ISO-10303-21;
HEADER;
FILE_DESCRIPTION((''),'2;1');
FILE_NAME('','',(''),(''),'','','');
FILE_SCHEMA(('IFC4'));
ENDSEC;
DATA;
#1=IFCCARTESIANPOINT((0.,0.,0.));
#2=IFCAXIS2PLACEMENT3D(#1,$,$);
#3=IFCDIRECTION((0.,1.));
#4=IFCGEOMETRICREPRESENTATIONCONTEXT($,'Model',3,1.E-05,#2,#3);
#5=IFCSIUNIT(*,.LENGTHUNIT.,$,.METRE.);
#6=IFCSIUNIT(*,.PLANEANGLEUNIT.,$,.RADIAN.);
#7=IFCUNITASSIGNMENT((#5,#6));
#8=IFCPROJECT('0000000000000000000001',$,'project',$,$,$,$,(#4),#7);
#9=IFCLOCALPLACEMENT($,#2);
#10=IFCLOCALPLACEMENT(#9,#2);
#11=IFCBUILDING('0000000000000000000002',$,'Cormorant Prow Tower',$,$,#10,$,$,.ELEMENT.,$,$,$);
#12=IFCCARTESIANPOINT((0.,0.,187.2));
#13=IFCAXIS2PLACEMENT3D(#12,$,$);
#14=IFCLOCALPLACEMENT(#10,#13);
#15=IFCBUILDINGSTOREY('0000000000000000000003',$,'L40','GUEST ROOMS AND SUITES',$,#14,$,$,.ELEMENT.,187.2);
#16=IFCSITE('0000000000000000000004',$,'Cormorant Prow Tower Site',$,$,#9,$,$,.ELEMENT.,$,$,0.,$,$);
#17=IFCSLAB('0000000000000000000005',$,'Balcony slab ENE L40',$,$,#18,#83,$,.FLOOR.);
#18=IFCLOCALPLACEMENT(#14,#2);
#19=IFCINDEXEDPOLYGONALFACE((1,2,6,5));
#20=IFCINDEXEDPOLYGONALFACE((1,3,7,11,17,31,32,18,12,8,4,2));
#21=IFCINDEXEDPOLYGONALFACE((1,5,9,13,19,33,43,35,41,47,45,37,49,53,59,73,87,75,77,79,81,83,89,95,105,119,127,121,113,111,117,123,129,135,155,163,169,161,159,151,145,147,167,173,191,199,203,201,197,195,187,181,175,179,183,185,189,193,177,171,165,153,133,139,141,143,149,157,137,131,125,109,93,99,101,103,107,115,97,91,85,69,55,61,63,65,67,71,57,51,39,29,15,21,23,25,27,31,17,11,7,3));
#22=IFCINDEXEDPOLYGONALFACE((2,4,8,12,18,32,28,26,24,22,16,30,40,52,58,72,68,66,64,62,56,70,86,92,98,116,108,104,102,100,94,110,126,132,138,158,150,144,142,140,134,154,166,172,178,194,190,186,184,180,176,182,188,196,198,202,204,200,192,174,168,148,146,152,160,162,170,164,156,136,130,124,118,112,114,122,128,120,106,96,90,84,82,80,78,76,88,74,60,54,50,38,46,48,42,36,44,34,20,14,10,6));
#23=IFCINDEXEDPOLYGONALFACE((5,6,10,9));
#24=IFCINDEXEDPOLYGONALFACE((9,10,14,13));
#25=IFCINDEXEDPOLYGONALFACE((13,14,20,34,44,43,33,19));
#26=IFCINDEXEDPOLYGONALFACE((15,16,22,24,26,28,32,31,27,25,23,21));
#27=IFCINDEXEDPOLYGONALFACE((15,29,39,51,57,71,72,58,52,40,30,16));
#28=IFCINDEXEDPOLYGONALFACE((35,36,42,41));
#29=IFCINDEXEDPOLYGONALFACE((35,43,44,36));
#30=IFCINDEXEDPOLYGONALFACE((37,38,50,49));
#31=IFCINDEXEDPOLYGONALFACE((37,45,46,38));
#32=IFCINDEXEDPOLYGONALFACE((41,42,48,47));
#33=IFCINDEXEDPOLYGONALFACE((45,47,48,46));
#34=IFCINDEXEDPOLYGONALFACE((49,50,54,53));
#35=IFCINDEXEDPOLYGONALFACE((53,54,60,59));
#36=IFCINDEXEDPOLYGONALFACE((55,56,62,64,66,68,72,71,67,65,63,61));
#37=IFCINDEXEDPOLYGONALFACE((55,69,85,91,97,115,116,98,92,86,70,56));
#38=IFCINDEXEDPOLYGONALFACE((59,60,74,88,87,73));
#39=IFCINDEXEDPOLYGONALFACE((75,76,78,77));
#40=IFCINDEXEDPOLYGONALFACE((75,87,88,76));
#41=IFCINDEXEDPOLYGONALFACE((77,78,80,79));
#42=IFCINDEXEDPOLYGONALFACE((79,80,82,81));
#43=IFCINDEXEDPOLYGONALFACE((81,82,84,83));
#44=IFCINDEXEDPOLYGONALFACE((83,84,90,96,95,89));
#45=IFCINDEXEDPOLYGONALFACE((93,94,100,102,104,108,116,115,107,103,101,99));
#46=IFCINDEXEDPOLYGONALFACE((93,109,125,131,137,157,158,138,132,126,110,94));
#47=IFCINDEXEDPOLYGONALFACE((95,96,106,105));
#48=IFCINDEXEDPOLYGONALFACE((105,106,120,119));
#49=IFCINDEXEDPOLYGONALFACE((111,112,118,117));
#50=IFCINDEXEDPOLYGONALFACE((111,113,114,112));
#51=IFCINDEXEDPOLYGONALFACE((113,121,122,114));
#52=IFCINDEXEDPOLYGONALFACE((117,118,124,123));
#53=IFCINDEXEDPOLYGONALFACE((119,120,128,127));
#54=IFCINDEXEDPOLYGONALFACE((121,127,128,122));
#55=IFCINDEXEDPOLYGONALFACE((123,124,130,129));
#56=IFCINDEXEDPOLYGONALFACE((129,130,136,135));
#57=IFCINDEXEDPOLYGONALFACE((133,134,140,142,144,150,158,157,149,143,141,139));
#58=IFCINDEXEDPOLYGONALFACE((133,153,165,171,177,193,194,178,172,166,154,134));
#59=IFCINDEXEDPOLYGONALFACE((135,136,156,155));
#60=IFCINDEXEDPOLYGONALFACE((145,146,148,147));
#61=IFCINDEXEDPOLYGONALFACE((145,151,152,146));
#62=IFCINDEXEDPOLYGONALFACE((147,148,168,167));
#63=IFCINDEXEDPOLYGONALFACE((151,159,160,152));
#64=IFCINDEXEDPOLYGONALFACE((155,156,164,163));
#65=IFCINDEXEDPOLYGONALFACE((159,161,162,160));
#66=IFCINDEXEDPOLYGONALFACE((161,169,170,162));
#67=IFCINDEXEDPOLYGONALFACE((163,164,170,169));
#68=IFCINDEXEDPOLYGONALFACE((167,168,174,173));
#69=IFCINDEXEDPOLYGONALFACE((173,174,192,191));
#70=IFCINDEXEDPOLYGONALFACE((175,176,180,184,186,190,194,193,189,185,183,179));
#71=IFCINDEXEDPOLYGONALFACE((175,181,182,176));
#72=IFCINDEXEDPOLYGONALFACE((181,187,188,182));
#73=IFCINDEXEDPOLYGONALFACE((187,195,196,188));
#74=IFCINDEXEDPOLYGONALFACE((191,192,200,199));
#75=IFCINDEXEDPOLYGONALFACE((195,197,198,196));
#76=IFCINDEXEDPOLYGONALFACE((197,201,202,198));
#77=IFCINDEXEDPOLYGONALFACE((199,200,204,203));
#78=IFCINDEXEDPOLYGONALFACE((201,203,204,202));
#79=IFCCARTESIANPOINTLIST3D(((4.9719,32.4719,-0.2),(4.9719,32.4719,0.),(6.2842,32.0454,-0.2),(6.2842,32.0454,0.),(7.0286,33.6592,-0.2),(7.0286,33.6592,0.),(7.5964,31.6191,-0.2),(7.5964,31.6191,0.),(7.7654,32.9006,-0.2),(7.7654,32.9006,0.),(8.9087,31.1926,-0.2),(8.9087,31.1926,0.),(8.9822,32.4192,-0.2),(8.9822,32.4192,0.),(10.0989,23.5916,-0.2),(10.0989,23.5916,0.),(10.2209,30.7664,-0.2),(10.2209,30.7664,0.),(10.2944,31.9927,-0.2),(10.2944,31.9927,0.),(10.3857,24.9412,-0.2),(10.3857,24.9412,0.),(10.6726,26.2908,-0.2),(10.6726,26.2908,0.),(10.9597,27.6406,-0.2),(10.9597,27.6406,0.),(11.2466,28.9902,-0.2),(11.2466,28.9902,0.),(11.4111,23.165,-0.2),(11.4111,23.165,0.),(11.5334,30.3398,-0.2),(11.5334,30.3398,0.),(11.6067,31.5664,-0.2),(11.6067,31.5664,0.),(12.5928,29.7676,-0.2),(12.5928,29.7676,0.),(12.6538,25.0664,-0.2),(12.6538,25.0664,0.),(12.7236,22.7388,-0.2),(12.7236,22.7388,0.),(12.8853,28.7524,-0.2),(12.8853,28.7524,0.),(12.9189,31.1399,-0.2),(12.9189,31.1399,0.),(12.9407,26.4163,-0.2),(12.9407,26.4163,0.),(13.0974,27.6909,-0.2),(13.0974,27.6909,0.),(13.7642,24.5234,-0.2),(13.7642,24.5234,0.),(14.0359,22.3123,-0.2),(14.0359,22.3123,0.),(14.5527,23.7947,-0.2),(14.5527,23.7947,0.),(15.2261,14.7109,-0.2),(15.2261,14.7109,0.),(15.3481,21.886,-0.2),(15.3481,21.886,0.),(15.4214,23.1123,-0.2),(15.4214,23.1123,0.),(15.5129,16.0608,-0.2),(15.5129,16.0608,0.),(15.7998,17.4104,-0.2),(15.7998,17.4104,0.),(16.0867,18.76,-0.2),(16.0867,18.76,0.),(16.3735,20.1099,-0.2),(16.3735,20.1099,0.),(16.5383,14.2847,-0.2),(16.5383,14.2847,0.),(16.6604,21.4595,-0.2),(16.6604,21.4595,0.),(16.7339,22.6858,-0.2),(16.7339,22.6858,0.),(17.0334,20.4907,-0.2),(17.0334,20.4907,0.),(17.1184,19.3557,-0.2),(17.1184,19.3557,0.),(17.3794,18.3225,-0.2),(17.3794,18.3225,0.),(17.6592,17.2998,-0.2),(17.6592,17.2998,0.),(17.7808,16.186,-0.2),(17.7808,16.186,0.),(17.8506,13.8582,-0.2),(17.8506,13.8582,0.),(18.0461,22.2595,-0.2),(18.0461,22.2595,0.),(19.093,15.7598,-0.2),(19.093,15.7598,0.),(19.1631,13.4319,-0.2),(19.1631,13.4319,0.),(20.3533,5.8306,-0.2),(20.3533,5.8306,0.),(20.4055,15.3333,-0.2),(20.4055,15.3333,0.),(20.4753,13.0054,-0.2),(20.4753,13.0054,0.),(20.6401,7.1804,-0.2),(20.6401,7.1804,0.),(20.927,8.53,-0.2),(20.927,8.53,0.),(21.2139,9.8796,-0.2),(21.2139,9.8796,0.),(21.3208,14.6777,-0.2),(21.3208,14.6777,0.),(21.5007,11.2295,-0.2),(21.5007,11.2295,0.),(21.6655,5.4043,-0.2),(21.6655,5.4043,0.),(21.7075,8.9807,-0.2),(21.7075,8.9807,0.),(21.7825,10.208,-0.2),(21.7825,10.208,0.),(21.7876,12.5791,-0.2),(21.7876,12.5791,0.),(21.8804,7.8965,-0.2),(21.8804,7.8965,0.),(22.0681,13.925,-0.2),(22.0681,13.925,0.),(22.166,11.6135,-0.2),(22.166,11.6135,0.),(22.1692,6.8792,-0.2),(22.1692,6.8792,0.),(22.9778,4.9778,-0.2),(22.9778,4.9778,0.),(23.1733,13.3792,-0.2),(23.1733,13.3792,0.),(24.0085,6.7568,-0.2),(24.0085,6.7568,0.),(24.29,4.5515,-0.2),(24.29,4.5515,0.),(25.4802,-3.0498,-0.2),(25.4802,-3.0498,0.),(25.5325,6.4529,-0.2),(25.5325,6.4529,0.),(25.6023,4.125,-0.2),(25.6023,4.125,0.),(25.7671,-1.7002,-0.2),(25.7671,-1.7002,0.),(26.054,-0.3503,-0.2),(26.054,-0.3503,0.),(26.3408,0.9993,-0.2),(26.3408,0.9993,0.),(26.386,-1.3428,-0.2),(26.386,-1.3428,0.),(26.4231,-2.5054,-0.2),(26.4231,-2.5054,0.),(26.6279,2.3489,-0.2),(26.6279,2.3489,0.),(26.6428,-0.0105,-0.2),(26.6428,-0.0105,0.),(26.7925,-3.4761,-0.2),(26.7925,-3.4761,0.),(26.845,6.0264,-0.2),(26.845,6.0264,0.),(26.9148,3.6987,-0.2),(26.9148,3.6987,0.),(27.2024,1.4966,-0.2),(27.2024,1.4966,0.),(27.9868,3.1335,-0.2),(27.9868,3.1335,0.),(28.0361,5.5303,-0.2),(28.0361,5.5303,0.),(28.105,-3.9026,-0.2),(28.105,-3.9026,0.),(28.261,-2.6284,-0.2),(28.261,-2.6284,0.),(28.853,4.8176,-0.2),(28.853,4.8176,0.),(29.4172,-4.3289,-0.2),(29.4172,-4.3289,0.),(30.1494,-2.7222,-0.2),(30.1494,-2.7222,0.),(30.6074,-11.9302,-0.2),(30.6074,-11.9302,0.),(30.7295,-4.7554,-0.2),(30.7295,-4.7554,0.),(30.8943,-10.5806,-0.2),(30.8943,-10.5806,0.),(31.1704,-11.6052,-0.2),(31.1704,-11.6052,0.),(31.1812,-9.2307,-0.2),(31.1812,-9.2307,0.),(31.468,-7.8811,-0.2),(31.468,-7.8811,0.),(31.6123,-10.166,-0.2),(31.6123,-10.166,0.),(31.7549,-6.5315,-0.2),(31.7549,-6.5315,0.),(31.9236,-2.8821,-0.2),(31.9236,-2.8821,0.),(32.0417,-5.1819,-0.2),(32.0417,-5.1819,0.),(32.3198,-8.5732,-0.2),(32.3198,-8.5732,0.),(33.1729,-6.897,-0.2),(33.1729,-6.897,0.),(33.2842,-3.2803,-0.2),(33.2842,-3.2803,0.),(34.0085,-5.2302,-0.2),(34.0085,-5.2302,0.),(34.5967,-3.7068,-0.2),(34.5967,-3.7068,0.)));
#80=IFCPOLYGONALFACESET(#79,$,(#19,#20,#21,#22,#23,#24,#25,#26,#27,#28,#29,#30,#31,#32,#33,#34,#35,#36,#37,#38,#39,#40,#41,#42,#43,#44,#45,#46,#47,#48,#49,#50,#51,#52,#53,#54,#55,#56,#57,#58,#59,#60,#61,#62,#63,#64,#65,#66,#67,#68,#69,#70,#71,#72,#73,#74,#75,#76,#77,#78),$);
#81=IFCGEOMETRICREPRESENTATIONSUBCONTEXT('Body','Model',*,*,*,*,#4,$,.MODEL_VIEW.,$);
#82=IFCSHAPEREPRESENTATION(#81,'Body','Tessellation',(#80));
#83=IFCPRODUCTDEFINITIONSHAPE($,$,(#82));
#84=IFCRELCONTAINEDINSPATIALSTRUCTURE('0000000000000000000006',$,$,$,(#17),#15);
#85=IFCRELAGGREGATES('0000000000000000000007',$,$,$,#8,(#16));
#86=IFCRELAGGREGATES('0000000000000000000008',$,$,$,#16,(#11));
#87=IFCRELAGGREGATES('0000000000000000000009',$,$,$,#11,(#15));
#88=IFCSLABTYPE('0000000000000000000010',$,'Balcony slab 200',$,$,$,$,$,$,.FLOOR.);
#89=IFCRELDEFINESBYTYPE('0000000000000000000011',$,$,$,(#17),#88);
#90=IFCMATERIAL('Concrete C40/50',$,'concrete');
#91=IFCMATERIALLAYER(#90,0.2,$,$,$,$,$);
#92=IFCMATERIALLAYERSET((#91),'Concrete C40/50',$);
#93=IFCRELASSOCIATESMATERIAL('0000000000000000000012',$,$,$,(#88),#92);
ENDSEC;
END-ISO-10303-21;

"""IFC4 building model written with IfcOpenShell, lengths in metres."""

from ifc_helpers import new_model, si_unit, direction, frame, origin, place, context, subcontext, project, spatial, polyline, outline, extrude, material, layer, layer_set, type_object, element, save


model = new_model("IFC4")

# Units and contexts
model_context = context("Model", 3, precision=1e-05, world=origin(), true_north=direction((0.0, 1.0)))
body_context = subcontext(model_context, "Body", "Model", "MODEL_VIEW")
ifc_project = project(units=[si_unit("LENGTHUNIT", "METRE"), si_unit("PLANEANGLEUNIT", "RADIAN")], contexts=[model_context])

# Site, building, storey
site_placement = place(None, origin())
site = spatial("IfcSite", under=ifc_project, at=site_placement, Name="Cormorant Prow Tower Site", CompositionType="ELEMENT", RefElevation=0.0)
building_placement = place(site_placement, origin())
building = spatial("IfcBuilding", under=site, at=building_placement, Name="Cormorant Prow Tower", CompositionType="ELEMENT")
storey_placement = place(building_placement, frame((0.0, 0.0, 187.2)))
storey = spatial("IfcBuildingStorey", under=building, at=storey_placement, Name="L40", Description="GUEST ROOMS AND SUITES", CompositionType="ELEMENT", Elevation=187.2)

# Slab
ifc_material_1 = material(Name="Concrete C40/50", Category="concrete")
ifc_layer_1 = layer(ifc_material_1, 0.2)
ifc_layer_set_1 = layer_set([ifc_layer_1], Name="Concrete C40/50")
slab_type_1 = type_object("IfcSlabType", Name="Balcony slab 200", PredefinedType="FLOOR", material=ifc_layer_set_1)
slab_1_placement = place(storey_placement, frame((0.0, 0.0, -0.2)))
element("IfcSlab", 1, at=slab_1_placement, inside=storey, type_object=slab_type_1, Name="Balcony slab ENE L40", PredefinedType="FLOOR", context=body_context, shape_type="SweptSolid", body=[
    extrude(outline(polyline([(30.6074, -11.9302), (31.1704, -11.6052), (31.6123, -10.166), (32.3198, -8.5732), (33.1729, -6.897), (34.0085, -5.2302), (34.5967, -3.7068), (33.2842, -3.2803), (31.9236, -2.8821), (30.1494, -2.7222), (28.261, -2.6284), (26.4231, -2.5054), (26.386, -1.3428), (26.6428, -0.0105), (27.2024, 1.4966), (27.9868, 3.1335), (28.853, 4.8176), (28.0361, 5.5303), (26.845, 6.0264), (25.5325, 6.4529), (24.0085, 6.7568), (22.1692, 6.8792), (21.8804, 7.8965), (21.7075, 8.9807), (21.7825, 10.208), (22.166, 11.6135), (23.1733, 13.3792), (22.0681, 13.925), (21.3208, 14.6777), (20.4055, 15.3333), (19.093, 15.7598), (17.7808, 16.186), (17.6592, 17.2998), (17.3794, 18.3225), (17.1184, 19.3557), (17.0334, 20.4907), (18.0461, 22.2595), (16.7339, 22.6858), (15.4214, 23.1123), (14.5527, 23.7947), (13.7642, 24.5234), (12.6538, 25.0664), (12.9407, 26.4163), (13.0974, 27.6909), (12.8853, 28.7524), (12.5928, 29.7676), (12.9189, 31.1399), (11.6067, 31.5664), (10.2944, 31.9927), (8.9822, 32.4192), (7.7654, 32.9006), (7.0286, 33.6592), (4.9719, 32.4719), (6.2842, 32.0454), (7.5964, 31.6191), (8.9087, 31.1926), (10.2209, 30.7664), (11.5334, 30.3398), (11.2466, 28.9902), (10.9597, 27.6406), (10.6726, 26.2908), (10.3857, 24.9412), (10.0989, 23.5916), (11.4111, 23.165), (12.7236, 22.7388), (14.0359, 22.3123), (15.3481, 21.886), (16.6604, 21.4595), (16.3735, 20.1099), (16.0867, 18.76), (15.7998, 17.4104), (15.5129, 16.0608), (15.2261, 14.7109), (16.5383, 14.2847), (17.8506, 13.8582), (19.1631, 13.4319), (20.4753, 13.0054), (21.7876, 12.5791), (21.5007, 11.2295), (21.2139, 9.8796), (20.927, 8.53), (20.6401, 7.1804), (20.3533, 5.8306), (21.6655, 5.4043), (22.9778, 4.9778), (24.29, 4.5515), (25.6023, 4.125), (26.9148, 3.6987), (26.6279, 2.3489), (26.3408, 0.9993), (26.054, -0.3503), (25.7671, -1.7002), (25.4802, -3.0498), (26.7925, -3.4761), (28.105, -3.9026), (29.4172, -4.3289), (30.7295, -4.7554), (32.0417, -5.1819), (31.7549, -6.5315), (31.468, -7.8811), (31.1812, -9.2307), (30.8943, -10.5806), (30.6074, -11.9302)])), origin(), (0.0, 0.0, 1.0), 0.2),
])

save(model, "model.ifc")
